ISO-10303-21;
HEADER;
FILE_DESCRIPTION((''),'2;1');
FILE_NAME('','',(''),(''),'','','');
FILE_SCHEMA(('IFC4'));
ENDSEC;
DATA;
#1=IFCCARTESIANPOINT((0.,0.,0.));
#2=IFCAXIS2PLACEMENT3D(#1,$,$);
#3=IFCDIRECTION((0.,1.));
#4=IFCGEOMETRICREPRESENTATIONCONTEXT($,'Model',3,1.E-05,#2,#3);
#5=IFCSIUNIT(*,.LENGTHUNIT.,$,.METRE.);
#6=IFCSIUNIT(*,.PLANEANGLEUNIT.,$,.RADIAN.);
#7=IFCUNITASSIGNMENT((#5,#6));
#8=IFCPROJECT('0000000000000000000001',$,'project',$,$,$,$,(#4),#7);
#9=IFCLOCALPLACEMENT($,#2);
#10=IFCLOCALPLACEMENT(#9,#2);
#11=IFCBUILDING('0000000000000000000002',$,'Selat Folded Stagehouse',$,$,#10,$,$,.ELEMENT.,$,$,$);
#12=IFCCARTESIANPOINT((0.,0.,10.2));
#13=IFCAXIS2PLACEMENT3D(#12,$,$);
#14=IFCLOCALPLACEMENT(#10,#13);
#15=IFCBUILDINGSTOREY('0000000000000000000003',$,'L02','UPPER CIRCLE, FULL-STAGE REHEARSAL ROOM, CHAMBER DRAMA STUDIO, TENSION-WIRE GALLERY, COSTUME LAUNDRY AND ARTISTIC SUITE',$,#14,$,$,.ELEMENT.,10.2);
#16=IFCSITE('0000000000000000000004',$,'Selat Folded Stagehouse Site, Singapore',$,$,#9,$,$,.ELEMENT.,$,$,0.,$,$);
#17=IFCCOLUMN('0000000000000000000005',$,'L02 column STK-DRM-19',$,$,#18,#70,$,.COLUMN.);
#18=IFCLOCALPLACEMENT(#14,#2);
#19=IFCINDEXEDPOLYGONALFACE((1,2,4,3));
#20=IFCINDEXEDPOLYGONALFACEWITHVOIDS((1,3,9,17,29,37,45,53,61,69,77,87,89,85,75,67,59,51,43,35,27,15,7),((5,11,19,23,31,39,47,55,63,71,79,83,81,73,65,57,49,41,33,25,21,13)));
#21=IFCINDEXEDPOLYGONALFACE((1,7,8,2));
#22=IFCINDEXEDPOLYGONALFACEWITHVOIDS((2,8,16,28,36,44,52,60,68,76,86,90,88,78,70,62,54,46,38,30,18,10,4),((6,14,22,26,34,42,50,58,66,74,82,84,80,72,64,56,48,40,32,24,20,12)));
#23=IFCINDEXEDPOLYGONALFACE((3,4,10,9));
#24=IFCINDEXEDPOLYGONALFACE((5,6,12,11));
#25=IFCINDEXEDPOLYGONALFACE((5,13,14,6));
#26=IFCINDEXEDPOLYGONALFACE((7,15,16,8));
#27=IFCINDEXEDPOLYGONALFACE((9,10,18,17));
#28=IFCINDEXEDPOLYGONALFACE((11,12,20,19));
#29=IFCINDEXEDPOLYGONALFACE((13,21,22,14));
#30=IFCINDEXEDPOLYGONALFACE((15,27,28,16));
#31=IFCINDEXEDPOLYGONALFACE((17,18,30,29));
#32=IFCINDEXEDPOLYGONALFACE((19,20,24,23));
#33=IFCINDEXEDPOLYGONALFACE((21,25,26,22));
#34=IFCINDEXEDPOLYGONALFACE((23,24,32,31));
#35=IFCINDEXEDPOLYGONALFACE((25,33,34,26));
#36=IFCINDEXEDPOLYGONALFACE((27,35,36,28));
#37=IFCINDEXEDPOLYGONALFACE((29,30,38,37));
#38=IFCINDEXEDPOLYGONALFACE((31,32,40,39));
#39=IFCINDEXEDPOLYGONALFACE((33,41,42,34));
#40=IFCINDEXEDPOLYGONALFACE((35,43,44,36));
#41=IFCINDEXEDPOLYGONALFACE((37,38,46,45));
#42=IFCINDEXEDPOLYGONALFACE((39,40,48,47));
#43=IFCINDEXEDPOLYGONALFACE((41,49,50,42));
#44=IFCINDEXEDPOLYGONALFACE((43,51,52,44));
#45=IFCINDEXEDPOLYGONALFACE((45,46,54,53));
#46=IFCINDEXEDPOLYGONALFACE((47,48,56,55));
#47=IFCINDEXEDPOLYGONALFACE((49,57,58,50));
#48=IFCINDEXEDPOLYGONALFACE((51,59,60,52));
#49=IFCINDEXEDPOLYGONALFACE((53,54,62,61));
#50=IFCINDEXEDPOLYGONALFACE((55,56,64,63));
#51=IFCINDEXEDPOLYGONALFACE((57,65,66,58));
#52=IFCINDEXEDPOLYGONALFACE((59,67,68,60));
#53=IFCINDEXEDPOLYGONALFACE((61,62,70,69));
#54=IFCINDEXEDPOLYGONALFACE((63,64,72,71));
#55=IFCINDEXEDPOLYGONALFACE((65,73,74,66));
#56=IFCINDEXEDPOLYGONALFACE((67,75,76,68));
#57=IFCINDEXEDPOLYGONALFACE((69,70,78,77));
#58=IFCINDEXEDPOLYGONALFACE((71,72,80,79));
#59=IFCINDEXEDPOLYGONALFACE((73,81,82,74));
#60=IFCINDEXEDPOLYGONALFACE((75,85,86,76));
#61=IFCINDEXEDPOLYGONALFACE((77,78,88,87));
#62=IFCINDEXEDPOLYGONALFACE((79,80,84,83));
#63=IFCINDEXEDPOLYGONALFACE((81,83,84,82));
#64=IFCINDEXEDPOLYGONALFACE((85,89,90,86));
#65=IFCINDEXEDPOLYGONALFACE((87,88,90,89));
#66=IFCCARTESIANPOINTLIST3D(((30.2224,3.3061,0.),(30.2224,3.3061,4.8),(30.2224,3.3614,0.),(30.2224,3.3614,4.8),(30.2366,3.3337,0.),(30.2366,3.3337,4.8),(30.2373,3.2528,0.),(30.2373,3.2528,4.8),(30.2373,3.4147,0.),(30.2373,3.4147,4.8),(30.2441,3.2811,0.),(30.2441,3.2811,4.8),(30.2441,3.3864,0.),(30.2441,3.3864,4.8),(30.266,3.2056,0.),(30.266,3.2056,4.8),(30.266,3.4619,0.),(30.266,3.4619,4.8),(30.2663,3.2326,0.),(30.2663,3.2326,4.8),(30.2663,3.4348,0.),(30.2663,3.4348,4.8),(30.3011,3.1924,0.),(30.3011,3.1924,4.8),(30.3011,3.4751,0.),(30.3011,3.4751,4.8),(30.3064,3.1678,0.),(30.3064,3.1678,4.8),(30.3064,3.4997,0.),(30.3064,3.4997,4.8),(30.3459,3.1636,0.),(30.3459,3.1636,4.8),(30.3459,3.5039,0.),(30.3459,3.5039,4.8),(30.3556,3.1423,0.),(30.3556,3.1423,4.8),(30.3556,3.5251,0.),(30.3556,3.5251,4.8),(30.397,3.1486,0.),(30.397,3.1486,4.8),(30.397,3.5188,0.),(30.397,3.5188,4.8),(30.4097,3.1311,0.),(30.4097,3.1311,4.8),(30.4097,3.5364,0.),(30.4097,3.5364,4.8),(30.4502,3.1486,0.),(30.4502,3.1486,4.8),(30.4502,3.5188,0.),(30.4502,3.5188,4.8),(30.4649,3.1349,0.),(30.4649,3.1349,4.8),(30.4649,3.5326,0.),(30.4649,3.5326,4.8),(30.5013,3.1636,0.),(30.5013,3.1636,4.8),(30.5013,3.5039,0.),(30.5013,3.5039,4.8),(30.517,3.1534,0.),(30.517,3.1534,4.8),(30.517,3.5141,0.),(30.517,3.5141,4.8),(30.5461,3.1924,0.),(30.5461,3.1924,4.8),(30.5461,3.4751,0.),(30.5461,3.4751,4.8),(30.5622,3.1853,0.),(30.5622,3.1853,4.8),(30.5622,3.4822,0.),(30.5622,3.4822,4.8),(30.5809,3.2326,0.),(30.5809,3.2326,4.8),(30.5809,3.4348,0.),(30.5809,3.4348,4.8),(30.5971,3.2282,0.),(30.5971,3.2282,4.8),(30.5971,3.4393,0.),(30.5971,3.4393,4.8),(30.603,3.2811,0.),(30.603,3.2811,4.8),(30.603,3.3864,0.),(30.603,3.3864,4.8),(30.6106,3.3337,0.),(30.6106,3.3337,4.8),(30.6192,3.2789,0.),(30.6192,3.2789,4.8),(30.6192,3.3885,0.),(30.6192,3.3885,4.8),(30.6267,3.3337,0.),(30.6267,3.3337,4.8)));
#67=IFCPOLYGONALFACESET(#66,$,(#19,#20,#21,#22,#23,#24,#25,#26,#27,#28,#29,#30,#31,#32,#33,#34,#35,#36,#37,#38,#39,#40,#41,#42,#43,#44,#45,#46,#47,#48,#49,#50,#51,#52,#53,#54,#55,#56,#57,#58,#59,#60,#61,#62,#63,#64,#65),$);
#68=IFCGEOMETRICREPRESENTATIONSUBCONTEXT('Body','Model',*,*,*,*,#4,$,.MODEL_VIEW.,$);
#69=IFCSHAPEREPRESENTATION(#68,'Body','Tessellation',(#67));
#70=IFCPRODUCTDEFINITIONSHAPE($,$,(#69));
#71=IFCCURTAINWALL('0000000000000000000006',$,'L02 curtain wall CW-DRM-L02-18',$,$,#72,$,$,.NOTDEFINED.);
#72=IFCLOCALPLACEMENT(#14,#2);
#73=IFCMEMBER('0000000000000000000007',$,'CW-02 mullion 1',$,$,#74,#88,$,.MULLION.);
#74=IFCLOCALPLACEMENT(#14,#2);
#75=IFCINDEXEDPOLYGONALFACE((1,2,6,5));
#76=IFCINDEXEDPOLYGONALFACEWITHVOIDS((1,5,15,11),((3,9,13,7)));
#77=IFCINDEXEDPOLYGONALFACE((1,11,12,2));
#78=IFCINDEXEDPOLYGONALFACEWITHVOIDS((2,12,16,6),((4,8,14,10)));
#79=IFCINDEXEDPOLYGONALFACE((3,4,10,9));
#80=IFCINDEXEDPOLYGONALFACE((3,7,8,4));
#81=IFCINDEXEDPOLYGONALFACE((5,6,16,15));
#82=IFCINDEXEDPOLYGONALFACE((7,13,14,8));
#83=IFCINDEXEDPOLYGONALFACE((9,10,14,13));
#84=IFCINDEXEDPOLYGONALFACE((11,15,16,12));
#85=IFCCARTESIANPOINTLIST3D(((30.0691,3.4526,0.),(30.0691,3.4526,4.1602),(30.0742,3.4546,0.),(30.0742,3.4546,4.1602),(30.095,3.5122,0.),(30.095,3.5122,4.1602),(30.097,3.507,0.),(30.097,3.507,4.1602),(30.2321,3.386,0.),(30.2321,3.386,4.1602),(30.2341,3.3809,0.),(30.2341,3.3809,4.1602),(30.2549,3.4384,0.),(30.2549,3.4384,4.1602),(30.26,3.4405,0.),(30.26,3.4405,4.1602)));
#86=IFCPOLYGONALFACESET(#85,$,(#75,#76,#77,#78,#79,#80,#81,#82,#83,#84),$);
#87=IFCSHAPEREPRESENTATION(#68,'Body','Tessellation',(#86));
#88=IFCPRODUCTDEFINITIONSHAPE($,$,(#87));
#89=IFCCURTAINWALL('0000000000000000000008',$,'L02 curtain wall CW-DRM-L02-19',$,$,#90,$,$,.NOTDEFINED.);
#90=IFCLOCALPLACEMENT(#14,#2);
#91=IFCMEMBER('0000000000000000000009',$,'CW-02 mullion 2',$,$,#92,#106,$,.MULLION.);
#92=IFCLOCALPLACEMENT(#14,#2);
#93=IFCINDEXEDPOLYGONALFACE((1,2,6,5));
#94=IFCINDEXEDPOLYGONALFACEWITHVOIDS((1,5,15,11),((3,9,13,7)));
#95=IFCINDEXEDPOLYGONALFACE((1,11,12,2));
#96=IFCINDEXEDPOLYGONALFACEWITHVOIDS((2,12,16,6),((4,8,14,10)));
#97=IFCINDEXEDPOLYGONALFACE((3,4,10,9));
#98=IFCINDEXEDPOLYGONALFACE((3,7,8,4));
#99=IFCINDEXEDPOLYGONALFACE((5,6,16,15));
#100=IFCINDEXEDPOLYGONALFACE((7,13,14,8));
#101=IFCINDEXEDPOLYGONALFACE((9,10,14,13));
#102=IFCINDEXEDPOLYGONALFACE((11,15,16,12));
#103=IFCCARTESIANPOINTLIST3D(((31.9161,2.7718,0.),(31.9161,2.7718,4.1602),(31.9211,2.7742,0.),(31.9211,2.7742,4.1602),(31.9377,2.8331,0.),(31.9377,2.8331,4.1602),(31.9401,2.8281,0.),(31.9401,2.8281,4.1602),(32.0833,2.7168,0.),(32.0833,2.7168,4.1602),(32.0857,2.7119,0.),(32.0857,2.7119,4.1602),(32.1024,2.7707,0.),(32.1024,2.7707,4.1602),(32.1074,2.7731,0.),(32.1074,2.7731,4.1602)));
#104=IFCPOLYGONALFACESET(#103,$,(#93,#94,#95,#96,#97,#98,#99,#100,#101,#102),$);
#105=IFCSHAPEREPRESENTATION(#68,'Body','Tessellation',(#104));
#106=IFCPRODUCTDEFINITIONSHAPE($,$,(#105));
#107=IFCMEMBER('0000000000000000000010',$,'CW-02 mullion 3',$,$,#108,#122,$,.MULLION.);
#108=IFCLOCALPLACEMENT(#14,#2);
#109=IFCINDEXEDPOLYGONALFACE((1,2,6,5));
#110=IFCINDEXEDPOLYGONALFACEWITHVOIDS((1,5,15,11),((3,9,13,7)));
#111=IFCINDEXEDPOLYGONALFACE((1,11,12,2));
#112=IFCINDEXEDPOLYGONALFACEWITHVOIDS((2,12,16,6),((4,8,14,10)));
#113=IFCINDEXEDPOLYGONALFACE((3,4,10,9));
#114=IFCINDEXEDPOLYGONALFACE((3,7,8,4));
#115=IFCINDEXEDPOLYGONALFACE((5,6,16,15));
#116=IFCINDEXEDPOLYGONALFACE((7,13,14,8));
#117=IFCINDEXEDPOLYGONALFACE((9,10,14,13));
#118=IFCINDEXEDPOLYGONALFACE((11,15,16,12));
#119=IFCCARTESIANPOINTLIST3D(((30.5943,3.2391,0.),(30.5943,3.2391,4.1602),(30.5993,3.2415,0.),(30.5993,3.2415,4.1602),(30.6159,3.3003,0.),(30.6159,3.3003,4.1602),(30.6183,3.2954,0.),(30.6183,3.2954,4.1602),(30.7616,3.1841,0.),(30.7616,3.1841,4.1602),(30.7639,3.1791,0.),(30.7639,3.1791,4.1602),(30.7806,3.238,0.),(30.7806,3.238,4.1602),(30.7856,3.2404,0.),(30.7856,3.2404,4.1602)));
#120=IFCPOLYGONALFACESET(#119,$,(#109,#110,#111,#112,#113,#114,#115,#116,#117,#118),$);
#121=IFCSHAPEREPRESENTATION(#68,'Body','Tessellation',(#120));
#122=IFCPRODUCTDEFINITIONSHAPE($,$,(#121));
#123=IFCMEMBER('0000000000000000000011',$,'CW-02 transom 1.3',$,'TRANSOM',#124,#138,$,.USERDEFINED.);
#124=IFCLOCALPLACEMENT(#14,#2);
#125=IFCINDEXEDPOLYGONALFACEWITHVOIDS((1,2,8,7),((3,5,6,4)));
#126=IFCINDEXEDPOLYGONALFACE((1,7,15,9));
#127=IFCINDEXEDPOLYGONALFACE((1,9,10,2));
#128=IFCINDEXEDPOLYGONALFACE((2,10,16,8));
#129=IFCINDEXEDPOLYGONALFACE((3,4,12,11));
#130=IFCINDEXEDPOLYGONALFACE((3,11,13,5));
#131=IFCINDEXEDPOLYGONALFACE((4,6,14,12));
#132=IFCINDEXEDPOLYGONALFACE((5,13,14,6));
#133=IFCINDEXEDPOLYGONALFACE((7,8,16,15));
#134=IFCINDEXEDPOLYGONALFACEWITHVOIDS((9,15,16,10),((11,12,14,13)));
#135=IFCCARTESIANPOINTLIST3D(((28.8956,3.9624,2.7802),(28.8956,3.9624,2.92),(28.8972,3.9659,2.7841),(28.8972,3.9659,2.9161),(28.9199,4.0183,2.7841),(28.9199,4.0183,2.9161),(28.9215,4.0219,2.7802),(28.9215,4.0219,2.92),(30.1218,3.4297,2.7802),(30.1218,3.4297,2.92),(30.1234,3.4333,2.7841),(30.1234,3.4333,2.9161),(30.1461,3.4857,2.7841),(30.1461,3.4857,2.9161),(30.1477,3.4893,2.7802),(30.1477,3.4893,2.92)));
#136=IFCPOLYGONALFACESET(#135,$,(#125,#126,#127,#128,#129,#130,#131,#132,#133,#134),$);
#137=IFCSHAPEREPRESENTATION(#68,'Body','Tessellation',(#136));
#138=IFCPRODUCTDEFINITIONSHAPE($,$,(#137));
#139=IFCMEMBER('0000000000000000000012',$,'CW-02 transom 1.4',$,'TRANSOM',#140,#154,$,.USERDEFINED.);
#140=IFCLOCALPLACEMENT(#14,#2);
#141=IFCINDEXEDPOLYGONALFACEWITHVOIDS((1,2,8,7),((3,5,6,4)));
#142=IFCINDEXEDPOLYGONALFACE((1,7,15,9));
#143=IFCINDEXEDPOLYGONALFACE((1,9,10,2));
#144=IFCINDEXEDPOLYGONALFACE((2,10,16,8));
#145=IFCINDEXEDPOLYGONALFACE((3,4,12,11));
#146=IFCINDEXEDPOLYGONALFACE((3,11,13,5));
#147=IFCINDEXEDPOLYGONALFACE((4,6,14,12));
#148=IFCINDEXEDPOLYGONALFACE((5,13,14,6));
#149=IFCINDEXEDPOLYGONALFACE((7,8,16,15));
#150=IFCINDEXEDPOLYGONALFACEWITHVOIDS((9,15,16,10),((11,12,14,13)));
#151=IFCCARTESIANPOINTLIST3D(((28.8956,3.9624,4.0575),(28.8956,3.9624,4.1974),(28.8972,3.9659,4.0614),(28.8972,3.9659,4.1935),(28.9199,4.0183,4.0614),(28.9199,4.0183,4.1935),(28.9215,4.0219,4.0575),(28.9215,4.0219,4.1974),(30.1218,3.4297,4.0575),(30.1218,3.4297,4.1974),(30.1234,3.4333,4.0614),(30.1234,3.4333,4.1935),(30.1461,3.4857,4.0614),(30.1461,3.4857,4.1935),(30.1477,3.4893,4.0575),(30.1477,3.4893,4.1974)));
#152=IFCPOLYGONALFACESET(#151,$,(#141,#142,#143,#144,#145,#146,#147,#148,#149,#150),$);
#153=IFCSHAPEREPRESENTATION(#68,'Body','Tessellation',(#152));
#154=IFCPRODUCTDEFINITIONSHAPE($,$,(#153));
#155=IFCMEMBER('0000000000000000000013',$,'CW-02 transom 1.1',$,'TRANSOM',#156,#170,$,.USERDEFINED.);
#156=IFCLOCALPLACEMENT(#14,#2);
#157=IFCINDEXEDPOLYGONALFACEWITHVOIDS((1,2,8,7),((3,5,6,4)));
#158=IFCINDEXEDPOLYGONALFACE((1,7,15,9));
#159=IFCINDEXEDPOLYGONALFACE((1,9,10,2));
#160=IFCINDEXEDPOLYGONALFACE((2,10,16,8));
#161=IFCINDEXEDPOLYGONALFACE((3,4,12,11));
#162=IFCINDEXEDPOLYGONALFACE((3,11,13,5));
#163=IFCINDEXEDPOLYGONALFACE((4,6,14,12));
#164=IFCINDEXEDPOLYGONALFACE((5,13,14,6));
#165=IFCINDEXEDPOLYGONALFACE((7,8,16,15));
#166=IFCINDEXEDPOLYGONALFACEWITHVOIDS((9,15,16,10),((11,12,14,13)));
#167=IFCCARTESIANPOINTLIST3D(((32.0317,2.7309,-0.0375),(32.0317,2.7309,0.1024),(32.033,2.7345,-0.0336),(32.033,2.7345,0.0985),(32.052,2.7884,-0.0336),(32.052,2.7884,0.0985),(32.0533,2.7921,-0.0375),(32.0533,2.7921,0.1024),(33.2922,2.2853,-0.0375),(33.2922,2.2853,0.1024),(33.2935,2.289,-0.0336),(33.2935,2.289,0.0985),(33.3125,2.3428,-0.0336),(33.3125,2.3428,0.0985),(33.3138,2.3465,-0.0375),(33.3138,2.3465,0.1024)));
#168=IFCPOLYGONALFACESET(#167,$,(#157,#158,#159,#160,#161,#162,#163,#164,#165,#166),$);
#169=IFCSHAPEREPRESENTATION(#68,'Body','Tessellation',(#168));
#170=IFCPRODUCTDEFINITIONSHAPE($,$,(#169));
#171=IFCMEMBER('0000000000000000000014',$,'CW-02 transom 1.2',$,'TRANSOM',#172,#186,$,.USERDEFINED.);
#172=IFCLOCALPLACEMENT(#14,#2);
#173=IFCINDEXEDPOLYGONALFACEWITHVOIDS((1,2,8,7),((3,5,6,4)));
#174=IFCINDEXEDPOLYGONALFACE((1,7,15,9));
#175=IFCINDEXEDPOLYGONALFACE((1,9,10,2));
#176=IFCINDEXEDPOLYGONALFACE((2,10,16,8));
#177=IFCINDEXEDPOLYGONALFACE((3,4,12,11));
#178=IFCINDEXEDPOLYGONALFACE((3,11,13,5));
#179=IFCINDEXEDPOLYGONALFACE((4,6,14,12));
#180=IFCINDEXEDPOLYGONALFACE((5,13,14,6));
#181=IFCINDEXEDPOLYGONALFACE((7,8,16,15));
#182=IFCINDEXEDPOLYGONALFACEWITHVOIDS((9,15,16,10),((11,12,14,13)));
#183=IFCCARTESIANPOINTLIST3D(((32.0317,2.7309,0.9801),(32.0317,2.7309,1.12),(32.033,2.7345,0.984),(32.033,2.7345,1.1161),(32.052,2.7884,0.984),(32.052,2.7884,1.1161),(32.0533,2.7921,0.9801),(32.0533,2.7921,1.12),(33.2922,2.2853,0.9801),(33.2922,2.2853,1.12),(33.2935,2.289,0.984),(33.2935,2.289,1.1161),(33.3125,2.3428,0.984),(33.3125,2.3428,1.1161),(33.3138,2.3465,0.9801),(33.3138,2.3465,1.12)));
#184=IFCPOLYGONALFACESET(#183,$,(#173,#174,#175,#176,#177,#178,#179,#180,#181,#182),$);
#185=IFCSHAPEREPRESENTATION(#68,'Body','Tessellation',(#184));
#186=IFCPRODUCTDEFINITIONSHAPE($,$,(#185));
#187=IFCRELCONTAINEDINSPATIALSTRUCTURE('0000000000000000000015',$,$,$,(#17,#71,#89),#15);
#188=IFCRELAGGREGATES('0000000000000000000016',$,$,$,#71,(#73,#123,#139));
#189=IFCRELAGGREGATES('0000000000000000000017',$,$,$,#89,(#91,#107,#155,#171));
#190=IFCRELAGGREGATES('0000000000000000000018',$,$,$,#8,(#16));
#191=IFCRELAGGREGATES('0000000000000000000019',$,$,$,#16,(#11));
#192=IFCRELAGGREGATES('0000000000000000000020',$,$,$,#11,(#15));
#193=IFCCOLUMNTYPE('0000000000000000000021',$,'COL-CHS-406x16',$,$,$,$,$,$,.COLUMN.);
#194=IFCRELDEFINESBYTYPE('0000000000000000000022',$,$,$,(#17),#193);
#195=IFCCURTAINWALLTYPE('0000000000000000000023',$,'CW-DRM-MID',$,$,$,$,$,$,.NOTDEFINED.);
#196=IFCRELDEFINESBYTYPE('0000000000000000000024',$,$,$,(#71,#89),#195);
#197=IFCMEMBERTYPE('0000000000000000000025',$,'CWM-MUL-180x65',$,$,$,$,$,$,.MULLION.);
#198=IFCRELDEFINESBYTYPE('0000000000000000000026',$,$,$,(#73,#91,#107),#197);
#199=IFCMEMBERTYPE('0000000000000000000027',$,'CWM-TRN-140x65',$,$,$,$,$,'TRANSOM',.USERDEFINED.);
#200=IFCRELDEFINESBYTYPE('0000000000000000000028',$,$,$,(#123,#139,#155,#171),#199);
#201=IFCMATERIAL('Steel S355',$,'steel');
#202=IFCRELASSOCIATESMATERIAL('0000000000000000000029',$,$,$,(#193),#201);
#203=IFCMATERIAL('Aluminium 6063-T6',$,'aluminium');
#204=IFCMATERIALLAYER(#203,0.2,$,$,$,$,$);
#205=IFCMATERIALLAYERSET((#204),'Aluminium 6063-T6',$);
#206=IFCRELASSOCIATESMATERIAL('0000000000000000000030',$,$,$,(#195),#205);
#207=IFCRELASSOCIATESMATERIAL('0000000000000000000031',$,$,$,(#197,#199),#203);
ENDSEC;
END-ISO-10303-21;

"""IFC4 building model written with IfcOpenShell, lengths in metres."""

from ifc_helpers import new_model, si_unit, direction, frame, origin, origin_2d, place, context, subcontext, project, spatial, hollow_rectangle, hollow_circle, extrude, material, layer, layer_set, material_profile, profile_set, type_object, element, aggregate, save


model = new_model("IFC4")

# Units and contexts
model_context = context("Model", 3, precision=1e-05, world=origin(), true_north=direction((0.0, 1.0)))
body_context = subcontext(model_context, "Body", "Model", "MODEL_VIEW")
ifc_project = project(units=[si_unit("LENGTHUNIT", "METRE"), si_unit("PLANEANGLEUNIT", "RADIAN")], contexts=[model_context])

# Site, building, storey
site_placement = place(None, origin())
site = spatial("IfcSite", under=ifc_project, at=site_placement, Name="Selat Folded Stagehouse Site, Singapore", CompositionType="ELEMENT", RefElevation=0.0)
building_placement = place(site_placement, origin())
building = spatial("IfcBuilding", under=site, at=building_placement, Name="Selat Folded Stagehouse", CompositionType="ELEMENT")
storey_placement = place(building_placement, frame((0.0, 0.0, 10.2)))
storey = spatial("IfcBuildingStorey", under=building, at=storey_placement, Name="L02", Description="UPPER CIRCLE, FULL-STAGE REHEARSAL ROOM, CHAMBER DRAMA STUDIO, TENSION-WIRE GALLERY, COSTUME LAUNDRY AND ARTISTIC SUITE", CompositionType="ELEMENT", Elevation=10.2)

# Column
ifc_material_1 = material(Name="Steel S355", Category="steel")
ifc_material_profile_1 = material_profile(ifc_material_1, hollow_circle(Radius=0.2031, WallThickness=0.0161, at=origin_2d()), Name="CHS 406.4x16.0")
ifc_profile_set_1 = profile_set([ifc_material_profile_1], Name="Steel S355")
column_type = type_object("IfcColumnType", Name="COL-CHS-406x16", PredefinedType="COLUMN", material=ifc_profile_set_1)
column_placement = place(storey_placement, frame((30.4236, 3.3337, 0.0), z_axis=(0.0, 0.0, 1.0), x_axis=(1.0, 0.0, 0.0)))
element("IfcColumn", 1, at=column_placement, inside=storey, type_object=column_type, Name="L02 column STK-DRM-19", PredefinedType="COLUMN", context=body_context, shape_type="SweptSolid", body=[
    extrude(hollow_circle(Radius=0.2031, WallThickness=0.0161, at=origin_2d()), origin(), (0.0, 0.0, 1.0), 4.8),
])

# Curtain wall, member
ifc_material_2 = material(Name="Aluminium 6063-T6", Category="aluminium")
ifc_layer_1 = layer(ifc_material_2, 0.2)
ifc_layer_set_1 = layer_set([ifc_layer_1], Name="Aluminium 6063-T6")
curtain_wall_type = type_object("IfcCurtainWallType", Name="CW-DRM-MID", PredefinedType="NOTDEFINED", material=ifc_layer_set_1)
curtain_wall_1_placement = place(storey_placement, origin())
curtain_wall_1 = element("IfcCurtainWall", 2, at=curtain_wall_1_placement, inside=storey, type_object=curtain_wall_type, Name="L02 curtain wall CW-DRM-L02-18", PredefinedType="NOTDEFINED")
ifc_material_profile_2 = material_profile(ifc_material_2, hollow_rectangle(XDim=0.0649, YDim=0.1799, WallThickness=0.0039, at=origin_2d()), Name="ALU 180x65x4.0")
ifc_profile_set_2 = profile_set([ifc_material_profile_2], Name="Aluminium 6063-T6")
member_type_1 = type_object("IfcMemberType", Name="CWM-MUL-180x65", PredefinedType="MULLION", material=ifc_profile_set_2)
member_1_placement = place(storey_placement, frame((30.1646, 3.4465, 0.0), z_axis=(0.0, 0.0, 1.0), x_axis=(-0.39858, -0.917134, 0.0)))
member_1 = element("IfcMember", 3, at=member_1_placement, type_object=member_type_1, Name="CW-02 mullion 1", PredefinedType="MULLION", context=body_context, shape_type="SweptSolid", body=[
    extrude(hollow_rectangle(XDim=0.0649, YDim=0.1799, WallThickness=0.0039, at=origin_2d()), origin(), (0.0, 0.0, 1.0), 4.1602),
])

# Curtain wall, members
curtain_wall_2_placement = place(storey_placement, origin())
curtain_wall_2 = element("IfcCurtainWall", 4, at=curtain_wall_2_placement, inside=storey, type_object=curtain_wall_type, Name="L02 curtain wall CW-DRM-L02-19", PredefinedType="NOTDEFINED")
member_2_placement = place(storey_placement, frame((32.0117, 2.7725, 0.0), z_axis=(0.0, 0.0, 1.0), x_axis=(-0.333314, -0.942816, 0.0)))
member_2 = element("IfcMember", 5, at=member_2_placement, type_object=member_type_1, Name="CW-02 mullion 2", PredefinedType="MULLION", context=body_context, shape_type="SweptSolid", body=[
    extrude(hollow_rectangle(XDim=0.0649, YDim=0.1799, WallThickness=0.0039, at=origin_2d()), origin(), (0.0, 0.0, 1.0), 4.1602),
])
member_3_placement = place(storey_placement, frame((30.6899, 3.2397, 0.0), z_axis=(0.0, 0.0, 1.0), x_axis=(-0.333314, -0.942816, 0.0)))
member_3 = element("IfcMember", 6, at=member_3_placement, type_object=member_type_1, Name="CW-02 mullion 3", PredefinedType="MULLION", context=body_context, shape_type="SweptSolid", body=[
    extrude(hollow_rectangle(XDim=0.0649, YDim=0.1799, WallThickness=0.0039, at=origin_2d()), origin(), (0.0, 0.0, 1.0), 4.1602),
])

# Members
ifc_material_profile_3 = material_profile(ifc_material_2, hollow_rectangle(XDim=0.0649, YDim=0.1399, WallThickness=0.0039, at=origin_2d()), Name="ALU 140x65x4.0")
ifc_profile_set_3 = profile_set([ifc_material_profile_3], Name="Aluminium 6063-T6")
member_type_2 = type_object("IfcMemberType", Name="CWM-TRN-140x65", ElementType="TRANSOM", PredefinedType="USERDEFINED", material=ifc_profile_set_3)
member_4_placement = place(storey_placement, frame((30.1348, 3.4595, 2.8501), z_axis=(-0.917198, 0.398432, 0.0), x_axis=(-0.398432, -0.917198, 0.0)))
member_4 = element("IfcMember", 7, at=member_4_placement, type_object=member_type_2, Name="CW-02 transom 1.3", ObjectType="TRANSOM", PredefinedType="USERDEFINED", context=body_context, shape_type="SweptSolid", body=[
    extrude(hollow_rectangle(XDim=0.0649, YDim=0.1399, WallThickness=0.0039, at=origin_2d()), origin(), (0.0, 0.0, 1.0), 1.3369),
])
member_5_placement = place(storey_placement, frame((30.1348, 3.4595, 4.1274), z_axis=(-0.917198, 0.398432, 0.0), x_axis=(-0.398432, -0.917198, 0.0)))
member_5 = element("IfcMember", 8, at=member_5_placement, type_object=member_type_2, Name="CW-02 transom 1.4", ObjectType="TRANSOM", PredefinedType="USERDEFINED", context=body_context, shape_type="SweptSolid", body=[
    extrude(hollow_rectangle(XDim=0.0649, YDim=0.1399, WallThickness=0.0039, at=origin_2d()), origin(), (0.0, 0.0, 1.0), 1.3369),
])
aggregate(curtain_wall_1, [member_1, member_4, member_5])
member_6_placement = place(storey_placement, frame((33.303, 2.3159, 0.0325), z_axis=(-0.942832, 0.333269, 0.0), x_axis=(-0.333269, -0.942832, 0.0)))
member_6 = element("IfcMember", 9, at=member_6_placement, type_object=member_type_2, Name="CW-02 transom 1.1", ObjectType="TRANSOM", PredefinedType="USERDEFINED", context=body_context, shape_type="SweptSolid", body=[
    extrude(hollow_rectangle(XDim=0.0649, YDim=0.1399, WallThickness=0.0039, at=origin_2d()), origin(), (0.0, 0.0, 1.0), 1.3369),
])
member_7_placement = place(storey_placement, frame((33.303, 2.3159, 1.05), z_axis=(-0.942832, 0.333269, 0.0), x_axis=(-0.333269, -0.942832, 0.0)))
member_7 = element("IfcMember", 10, at=member_7_placement, type_object=member_type_2, Name="CW-02 transom 1.2", ObjectType="TRANSOM", PredefinedType="USERDEFINED", context=body_context, shape_type="SweptSolid", body=[
    extrude(hollow_rectangle(XDim=0.0649, YDim=0.1399, WallThickness=0.0039, at=origin_2d()), origin(), (0.0, 0.0, 1.0), 1.3369),
])

aggregate(curtain_wall_2, [member_2, member_3, member_6, member_7])

save(model, "model.ifc")
